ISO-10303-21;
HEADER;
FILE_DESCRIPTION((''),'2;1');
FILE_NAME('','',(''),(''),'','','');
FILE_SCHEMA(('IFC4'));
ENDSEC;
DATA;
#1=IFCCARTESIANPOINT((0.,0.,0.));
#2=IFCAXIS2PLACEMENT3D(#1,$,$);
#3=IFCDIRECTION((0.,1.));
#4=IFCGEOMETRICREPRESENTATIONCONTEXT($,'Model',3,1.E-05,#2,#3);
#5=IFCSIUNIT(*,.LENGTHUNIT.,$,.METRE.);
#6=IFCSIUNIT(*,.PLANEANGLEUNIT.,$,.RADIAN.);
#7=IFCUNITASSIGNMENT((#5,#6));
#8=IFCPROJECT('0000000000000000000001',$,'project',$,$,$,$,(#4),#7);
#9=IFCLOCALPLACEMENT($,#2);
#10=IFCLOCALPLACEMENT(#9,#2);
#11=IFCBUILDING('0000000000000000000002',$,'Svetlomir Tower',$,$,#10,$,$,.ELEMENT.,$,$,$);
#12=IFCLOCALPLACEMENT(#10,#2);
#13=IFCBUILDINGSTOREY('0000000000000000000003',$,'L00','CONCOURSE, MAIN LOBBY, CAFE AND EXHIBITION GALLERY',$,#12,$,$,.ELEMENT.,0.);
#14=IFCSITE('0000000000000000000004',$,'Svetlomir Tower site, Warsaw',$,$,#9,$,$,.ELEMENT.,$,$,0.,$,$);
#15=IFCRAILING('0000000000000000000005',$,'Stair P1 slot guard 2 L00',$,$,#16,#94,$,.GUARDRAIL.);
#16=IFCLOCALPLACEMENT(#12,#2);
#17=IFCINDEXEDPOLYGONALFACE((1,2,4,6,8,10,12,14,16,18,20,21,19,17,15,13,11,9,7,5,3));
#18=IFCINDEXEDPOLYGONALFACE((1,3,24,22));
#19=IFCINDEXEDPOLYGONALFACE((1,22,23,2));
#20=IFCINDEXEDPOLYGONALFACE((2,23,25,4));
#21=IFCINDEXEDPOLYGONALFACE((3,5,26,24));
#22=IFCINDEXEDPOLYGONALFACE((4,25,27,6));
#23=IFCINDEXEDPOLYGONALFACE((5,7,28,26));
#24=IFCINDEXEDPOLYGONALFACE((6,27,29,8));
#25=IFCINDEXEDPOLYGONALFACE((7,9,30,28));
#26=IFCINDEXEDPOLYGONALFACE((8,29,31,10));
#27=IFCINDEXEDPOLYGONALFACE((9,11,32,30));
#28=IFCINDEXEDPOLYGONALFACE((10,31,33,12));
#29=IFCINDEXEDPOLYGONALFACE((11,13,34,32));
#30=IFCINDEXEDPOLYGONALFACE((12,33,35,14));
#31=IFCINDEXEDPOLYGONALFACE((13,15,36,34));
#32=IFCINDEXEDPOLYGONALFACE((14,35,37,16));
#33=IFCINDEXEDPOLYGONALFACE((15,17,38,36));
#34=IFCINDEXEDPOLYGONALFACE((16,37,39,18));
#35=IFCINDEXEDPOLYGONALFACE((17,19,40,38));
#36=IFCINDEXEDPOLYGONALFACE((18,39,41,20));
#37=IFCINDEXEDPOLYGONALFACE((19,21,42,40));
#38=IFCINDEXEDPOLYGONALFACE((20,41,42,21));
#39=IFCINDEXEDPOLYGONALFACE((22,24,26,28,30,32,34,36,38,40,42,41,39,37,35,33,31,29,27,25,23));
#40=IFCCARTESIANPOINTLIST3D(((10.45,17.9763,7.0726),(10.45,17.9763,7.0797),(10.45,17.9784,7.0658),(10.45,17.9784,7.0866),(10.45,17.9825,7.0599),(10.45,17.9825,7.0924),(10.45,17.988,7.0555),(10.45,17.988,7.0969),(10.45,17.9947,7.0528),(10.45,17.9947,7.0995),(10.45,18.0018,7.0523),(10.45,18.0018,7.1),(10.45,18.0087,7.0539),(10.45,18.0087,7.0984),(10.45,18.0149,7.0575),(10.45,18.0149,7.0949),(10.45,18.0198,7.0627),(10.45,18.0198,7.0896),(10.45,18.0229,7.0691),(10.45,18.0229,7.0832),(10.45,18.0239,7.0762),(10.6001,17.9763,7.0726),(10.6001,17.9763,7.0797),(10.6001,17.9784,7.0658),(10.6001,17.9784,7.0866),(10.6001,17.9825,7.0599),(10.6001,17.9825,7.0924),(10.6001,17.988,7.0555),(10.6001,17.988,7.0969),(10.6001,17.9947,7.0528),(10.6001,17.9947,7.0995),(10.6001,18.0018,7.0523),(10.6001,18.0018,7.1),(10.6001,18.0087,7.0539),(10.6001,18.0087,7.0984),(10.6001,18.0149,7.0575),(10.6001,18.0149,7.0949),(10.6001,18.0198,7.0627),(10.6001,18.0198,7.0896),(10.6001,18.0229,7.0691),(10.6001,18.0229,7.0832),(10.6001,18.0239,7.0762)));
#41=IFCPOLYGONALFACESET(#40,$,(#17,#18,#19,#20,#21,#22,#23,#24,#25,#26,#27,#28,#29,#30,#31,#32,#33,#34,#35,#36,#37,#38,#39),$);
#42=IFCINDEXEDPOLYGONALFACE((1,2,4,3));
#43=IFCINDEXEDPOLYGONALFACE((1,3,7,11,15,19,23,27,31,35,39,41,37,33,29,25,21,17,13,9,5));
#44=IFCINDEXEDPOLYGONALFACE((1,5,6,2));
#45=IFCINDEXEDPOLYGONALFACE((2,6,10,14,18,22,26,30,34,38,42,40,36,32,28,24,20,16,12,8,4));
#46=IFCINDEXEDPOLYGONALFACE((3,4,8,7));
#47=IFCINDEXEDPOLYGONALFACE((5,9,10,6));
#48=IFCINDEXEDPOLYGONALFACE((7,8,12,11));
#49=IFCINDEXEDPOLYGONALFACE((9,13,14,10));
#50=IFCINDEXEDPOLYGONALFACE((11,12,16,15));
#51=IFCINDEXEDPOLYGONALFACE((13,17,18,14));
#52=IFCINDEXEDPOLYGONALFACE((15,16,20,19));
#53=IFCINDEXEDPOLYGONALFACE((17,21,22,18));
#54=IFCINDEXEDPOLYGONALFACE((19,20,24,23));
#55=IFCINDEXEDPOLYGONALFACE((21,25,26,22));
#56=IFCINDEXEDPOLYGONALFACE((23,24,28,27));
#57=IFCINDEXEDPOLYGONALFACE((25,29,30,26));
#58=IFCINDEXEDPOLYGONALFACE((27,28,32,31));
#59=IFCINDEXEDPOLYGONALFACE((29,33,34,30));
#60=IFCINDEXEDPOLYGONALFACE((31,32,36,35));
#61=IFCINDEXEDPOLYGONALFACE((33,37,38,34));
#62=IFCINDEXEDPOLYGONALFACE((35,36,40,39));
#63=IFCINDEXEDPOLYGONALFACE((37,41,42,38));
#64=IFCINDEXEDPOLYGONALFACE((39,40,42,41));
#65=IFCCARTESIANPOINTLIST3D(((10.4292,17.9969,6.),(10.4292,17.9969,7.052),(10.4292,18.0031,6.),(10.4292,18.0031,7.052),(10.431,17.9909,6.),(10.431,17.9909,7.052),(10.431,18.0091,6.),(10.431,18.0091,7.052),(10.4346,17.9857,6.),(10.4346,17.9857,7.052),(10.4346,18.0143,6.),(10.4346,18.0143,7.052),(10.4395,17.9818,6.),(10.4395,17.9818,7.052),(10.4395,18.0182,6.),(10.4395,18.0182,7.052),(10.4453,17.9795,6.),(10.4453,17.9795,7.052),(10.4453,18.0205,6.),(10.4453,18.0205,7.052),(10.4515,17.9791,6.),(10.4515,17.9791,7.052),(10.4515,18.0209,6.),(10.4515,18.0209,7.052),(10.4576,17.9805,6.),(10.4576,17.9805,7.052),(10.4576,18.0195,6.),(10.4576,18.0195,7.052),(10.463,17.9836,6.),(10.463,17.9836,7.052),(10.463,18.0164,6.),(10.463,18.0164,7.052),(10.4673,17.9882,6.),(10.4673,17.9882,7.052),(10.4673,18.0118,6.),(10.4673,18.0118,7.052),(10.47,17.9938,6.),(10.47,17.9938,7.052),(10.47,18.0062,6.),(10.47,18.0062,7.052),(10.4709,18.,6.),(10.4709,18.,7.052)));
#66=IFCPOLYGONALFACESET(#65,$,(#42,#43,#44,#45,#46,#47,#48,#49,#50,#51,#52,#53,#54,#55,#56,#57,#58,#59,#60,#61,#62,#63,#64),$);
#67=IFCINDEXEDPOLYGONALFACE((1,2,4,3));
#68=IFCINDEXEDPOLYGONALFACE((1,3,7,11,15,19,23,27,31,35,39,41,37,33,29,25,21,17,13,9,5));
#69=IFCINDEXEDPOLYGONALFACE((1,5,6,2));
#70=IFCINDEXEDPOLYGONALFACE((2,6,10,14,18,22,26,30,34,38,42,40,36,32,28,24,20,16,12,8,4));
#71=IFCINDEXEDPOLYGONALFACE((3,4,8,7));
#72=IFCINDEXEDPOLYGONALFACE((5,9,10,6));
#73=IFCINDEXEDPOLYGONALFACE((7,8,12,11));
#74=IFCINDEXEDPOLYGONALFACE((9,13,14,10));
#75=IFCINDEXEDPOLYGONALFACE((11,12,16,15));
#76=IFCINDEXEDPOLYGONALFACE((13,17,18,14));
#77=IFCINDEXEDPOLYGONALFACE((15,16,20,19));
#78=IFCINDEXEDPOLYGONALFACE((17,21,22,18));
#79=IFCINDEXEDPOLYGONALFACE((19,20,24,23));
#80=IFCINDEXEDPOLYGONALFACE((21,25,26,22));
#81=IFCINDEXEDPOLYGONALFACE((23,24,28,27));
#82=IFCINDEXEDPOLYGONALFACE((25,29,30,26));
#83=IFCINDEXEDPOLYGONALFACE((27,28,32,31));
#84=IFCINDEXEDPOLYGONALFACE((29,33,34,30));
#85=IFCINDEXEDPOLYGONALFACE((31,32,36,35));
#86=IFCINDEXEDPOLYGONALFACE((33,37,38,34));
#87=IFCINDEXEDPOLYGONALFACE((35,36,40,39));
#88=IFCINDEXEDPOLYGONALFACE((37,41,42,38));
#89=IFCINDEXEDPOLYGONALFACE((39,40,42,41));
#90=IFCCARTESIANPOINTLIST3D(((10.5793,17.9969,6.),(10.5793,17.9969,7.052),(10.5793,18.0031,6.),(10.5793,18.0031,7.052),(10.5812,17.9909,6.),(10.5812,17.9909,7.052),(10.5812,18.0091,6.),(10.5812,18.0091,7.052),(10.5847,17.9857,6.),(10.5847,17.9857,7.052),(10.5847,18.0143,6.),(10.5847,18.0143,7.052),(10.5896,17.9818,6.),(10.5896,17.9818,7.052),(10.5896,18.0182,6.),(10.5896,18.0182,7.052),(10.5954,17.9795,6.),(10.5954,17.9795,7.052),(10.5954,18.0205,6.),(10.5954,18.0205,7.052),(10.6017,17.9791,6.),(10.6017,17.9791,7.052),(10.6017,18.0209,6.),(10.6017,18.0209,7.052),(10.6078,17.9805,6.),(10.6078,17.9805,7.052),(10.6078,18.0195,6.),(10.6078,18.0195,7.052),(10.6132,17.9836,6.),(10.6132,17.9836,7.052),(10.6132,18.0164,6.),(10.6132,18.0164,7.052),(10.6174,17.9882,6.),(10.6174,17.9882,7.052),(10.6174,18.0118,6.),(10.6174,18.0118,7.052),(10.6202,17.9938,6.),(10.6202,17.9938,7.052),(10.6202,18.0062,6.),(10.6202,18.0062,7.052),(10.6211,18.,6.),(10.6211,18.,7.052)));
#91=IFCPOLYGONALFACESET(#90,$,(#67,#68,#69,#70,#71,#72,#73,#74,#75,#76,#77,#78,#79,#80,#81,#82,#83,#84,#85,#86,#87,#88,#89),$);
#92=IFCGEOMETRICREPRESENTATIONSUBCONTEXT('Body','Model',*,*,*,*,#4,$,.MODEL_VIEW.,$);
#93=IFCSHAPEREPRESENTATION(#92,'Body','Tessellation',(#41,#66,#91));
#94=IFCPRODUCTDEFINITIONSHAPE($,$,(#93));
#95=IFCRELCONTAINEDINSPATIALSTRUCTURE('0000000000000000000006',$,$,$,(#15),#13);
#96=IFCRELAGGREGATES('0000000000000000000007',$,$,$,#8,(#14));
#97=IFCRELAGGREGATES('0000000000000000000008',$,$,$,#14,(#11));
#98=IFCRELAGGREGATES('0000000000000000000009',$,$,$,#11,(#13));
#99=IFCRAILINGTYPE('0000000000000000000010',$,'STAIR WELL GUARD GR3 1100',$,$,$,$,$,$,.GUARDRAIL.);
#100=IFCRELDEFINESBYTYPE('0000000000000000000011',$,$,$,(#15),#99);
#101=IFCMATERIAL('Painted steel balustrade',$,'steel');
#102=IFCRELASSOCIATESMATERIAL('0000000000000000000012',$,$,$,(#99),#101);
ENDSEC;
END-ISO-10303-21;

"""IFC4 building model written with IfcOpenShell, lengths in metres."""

from ifc_helpers import new_model, si_unit, direction, frame, origin, origin_2d, place, context, subcontext, project, spatial, circle, extrude, material, type_object, element, save


model = new_model("IFC4")

# Units and contexts
model_context = context("Model", 3, precision=1e-05, world=origin(), true_north=direction((0.0, 1.0)))
body_context = subcontext(model_context, "Body", "Model", "MODEL_VIEW")
ifc_project = project(units=[si_unit("LENGTHUNIT", "METRE"), si_unit("PLANEANGLEUNIT", "RADIAN")], contexts=[model_context])

# Site, building, storey
site_placement = place(None, origin())
site = spatial("IfcSite", under=ifc_project, at=site_placement, Name="Svetlomir Tower site, Warsaw", CompositionType="ELEMENT", RefElevation=0.0)
building_placement = place(site_placement, origin())
building = spatial("IfcBuilding", under=site, at=building_placement, Name="Svetlomir Tower", CompositionType="ELEMENT")
storey_placement = place(building_placement, origin())
storey = spatial("IfcBuildingStorey", under=building, at=storey_placement, Name="L00", Description="CONCOURSE, MAIN LOBBY, CAFE AND EXHIBITION GALLERY", CompositionType="ELEMENT", Elevation=0.0)

# Railing
ifc_material_1 = material(Name="Painted steel balustrade", Category="steel")
railing_type_1 = type_object("IfcRailingType", Name="STAIR WELL GUARD GR3 1100", PredefinedType="GUARDRAIL", material=ifc_material_1)
railing_1_placement = place(storey_placement, frame((10.45, 18.0, 6.0)))
element("IfcRailing", 1, at=railing_1_placement, inside=storey, type_object=railing_type_1, Name="Stair P1 slot guard 2 L00", PredefinedType="GUARDRAIL", context=body_context, shape_type="SweptSolid", body=[
    extrude(circle(Radius=0.0239, at=origin_2d()), frame((0.0, 0.0, 1.0762), z_axis=(1.0, 0.0, 0.0), x_axis=(0.0, 1.0, 0.0)), (0.0, 0.0, 1.0), 0.1501),
    extrude(circle(Radius=0.021, at=origin_2d()), origin(), (0.0, 0.0, 1.0), 1.052),
    extrude(circle(Radius=0.021, at=origin_2d()), frame((0.1501, 0.0, 0.0)), (0.0, 0.0, 1.0), 1.052),
])

save(model, "model.ifc")
